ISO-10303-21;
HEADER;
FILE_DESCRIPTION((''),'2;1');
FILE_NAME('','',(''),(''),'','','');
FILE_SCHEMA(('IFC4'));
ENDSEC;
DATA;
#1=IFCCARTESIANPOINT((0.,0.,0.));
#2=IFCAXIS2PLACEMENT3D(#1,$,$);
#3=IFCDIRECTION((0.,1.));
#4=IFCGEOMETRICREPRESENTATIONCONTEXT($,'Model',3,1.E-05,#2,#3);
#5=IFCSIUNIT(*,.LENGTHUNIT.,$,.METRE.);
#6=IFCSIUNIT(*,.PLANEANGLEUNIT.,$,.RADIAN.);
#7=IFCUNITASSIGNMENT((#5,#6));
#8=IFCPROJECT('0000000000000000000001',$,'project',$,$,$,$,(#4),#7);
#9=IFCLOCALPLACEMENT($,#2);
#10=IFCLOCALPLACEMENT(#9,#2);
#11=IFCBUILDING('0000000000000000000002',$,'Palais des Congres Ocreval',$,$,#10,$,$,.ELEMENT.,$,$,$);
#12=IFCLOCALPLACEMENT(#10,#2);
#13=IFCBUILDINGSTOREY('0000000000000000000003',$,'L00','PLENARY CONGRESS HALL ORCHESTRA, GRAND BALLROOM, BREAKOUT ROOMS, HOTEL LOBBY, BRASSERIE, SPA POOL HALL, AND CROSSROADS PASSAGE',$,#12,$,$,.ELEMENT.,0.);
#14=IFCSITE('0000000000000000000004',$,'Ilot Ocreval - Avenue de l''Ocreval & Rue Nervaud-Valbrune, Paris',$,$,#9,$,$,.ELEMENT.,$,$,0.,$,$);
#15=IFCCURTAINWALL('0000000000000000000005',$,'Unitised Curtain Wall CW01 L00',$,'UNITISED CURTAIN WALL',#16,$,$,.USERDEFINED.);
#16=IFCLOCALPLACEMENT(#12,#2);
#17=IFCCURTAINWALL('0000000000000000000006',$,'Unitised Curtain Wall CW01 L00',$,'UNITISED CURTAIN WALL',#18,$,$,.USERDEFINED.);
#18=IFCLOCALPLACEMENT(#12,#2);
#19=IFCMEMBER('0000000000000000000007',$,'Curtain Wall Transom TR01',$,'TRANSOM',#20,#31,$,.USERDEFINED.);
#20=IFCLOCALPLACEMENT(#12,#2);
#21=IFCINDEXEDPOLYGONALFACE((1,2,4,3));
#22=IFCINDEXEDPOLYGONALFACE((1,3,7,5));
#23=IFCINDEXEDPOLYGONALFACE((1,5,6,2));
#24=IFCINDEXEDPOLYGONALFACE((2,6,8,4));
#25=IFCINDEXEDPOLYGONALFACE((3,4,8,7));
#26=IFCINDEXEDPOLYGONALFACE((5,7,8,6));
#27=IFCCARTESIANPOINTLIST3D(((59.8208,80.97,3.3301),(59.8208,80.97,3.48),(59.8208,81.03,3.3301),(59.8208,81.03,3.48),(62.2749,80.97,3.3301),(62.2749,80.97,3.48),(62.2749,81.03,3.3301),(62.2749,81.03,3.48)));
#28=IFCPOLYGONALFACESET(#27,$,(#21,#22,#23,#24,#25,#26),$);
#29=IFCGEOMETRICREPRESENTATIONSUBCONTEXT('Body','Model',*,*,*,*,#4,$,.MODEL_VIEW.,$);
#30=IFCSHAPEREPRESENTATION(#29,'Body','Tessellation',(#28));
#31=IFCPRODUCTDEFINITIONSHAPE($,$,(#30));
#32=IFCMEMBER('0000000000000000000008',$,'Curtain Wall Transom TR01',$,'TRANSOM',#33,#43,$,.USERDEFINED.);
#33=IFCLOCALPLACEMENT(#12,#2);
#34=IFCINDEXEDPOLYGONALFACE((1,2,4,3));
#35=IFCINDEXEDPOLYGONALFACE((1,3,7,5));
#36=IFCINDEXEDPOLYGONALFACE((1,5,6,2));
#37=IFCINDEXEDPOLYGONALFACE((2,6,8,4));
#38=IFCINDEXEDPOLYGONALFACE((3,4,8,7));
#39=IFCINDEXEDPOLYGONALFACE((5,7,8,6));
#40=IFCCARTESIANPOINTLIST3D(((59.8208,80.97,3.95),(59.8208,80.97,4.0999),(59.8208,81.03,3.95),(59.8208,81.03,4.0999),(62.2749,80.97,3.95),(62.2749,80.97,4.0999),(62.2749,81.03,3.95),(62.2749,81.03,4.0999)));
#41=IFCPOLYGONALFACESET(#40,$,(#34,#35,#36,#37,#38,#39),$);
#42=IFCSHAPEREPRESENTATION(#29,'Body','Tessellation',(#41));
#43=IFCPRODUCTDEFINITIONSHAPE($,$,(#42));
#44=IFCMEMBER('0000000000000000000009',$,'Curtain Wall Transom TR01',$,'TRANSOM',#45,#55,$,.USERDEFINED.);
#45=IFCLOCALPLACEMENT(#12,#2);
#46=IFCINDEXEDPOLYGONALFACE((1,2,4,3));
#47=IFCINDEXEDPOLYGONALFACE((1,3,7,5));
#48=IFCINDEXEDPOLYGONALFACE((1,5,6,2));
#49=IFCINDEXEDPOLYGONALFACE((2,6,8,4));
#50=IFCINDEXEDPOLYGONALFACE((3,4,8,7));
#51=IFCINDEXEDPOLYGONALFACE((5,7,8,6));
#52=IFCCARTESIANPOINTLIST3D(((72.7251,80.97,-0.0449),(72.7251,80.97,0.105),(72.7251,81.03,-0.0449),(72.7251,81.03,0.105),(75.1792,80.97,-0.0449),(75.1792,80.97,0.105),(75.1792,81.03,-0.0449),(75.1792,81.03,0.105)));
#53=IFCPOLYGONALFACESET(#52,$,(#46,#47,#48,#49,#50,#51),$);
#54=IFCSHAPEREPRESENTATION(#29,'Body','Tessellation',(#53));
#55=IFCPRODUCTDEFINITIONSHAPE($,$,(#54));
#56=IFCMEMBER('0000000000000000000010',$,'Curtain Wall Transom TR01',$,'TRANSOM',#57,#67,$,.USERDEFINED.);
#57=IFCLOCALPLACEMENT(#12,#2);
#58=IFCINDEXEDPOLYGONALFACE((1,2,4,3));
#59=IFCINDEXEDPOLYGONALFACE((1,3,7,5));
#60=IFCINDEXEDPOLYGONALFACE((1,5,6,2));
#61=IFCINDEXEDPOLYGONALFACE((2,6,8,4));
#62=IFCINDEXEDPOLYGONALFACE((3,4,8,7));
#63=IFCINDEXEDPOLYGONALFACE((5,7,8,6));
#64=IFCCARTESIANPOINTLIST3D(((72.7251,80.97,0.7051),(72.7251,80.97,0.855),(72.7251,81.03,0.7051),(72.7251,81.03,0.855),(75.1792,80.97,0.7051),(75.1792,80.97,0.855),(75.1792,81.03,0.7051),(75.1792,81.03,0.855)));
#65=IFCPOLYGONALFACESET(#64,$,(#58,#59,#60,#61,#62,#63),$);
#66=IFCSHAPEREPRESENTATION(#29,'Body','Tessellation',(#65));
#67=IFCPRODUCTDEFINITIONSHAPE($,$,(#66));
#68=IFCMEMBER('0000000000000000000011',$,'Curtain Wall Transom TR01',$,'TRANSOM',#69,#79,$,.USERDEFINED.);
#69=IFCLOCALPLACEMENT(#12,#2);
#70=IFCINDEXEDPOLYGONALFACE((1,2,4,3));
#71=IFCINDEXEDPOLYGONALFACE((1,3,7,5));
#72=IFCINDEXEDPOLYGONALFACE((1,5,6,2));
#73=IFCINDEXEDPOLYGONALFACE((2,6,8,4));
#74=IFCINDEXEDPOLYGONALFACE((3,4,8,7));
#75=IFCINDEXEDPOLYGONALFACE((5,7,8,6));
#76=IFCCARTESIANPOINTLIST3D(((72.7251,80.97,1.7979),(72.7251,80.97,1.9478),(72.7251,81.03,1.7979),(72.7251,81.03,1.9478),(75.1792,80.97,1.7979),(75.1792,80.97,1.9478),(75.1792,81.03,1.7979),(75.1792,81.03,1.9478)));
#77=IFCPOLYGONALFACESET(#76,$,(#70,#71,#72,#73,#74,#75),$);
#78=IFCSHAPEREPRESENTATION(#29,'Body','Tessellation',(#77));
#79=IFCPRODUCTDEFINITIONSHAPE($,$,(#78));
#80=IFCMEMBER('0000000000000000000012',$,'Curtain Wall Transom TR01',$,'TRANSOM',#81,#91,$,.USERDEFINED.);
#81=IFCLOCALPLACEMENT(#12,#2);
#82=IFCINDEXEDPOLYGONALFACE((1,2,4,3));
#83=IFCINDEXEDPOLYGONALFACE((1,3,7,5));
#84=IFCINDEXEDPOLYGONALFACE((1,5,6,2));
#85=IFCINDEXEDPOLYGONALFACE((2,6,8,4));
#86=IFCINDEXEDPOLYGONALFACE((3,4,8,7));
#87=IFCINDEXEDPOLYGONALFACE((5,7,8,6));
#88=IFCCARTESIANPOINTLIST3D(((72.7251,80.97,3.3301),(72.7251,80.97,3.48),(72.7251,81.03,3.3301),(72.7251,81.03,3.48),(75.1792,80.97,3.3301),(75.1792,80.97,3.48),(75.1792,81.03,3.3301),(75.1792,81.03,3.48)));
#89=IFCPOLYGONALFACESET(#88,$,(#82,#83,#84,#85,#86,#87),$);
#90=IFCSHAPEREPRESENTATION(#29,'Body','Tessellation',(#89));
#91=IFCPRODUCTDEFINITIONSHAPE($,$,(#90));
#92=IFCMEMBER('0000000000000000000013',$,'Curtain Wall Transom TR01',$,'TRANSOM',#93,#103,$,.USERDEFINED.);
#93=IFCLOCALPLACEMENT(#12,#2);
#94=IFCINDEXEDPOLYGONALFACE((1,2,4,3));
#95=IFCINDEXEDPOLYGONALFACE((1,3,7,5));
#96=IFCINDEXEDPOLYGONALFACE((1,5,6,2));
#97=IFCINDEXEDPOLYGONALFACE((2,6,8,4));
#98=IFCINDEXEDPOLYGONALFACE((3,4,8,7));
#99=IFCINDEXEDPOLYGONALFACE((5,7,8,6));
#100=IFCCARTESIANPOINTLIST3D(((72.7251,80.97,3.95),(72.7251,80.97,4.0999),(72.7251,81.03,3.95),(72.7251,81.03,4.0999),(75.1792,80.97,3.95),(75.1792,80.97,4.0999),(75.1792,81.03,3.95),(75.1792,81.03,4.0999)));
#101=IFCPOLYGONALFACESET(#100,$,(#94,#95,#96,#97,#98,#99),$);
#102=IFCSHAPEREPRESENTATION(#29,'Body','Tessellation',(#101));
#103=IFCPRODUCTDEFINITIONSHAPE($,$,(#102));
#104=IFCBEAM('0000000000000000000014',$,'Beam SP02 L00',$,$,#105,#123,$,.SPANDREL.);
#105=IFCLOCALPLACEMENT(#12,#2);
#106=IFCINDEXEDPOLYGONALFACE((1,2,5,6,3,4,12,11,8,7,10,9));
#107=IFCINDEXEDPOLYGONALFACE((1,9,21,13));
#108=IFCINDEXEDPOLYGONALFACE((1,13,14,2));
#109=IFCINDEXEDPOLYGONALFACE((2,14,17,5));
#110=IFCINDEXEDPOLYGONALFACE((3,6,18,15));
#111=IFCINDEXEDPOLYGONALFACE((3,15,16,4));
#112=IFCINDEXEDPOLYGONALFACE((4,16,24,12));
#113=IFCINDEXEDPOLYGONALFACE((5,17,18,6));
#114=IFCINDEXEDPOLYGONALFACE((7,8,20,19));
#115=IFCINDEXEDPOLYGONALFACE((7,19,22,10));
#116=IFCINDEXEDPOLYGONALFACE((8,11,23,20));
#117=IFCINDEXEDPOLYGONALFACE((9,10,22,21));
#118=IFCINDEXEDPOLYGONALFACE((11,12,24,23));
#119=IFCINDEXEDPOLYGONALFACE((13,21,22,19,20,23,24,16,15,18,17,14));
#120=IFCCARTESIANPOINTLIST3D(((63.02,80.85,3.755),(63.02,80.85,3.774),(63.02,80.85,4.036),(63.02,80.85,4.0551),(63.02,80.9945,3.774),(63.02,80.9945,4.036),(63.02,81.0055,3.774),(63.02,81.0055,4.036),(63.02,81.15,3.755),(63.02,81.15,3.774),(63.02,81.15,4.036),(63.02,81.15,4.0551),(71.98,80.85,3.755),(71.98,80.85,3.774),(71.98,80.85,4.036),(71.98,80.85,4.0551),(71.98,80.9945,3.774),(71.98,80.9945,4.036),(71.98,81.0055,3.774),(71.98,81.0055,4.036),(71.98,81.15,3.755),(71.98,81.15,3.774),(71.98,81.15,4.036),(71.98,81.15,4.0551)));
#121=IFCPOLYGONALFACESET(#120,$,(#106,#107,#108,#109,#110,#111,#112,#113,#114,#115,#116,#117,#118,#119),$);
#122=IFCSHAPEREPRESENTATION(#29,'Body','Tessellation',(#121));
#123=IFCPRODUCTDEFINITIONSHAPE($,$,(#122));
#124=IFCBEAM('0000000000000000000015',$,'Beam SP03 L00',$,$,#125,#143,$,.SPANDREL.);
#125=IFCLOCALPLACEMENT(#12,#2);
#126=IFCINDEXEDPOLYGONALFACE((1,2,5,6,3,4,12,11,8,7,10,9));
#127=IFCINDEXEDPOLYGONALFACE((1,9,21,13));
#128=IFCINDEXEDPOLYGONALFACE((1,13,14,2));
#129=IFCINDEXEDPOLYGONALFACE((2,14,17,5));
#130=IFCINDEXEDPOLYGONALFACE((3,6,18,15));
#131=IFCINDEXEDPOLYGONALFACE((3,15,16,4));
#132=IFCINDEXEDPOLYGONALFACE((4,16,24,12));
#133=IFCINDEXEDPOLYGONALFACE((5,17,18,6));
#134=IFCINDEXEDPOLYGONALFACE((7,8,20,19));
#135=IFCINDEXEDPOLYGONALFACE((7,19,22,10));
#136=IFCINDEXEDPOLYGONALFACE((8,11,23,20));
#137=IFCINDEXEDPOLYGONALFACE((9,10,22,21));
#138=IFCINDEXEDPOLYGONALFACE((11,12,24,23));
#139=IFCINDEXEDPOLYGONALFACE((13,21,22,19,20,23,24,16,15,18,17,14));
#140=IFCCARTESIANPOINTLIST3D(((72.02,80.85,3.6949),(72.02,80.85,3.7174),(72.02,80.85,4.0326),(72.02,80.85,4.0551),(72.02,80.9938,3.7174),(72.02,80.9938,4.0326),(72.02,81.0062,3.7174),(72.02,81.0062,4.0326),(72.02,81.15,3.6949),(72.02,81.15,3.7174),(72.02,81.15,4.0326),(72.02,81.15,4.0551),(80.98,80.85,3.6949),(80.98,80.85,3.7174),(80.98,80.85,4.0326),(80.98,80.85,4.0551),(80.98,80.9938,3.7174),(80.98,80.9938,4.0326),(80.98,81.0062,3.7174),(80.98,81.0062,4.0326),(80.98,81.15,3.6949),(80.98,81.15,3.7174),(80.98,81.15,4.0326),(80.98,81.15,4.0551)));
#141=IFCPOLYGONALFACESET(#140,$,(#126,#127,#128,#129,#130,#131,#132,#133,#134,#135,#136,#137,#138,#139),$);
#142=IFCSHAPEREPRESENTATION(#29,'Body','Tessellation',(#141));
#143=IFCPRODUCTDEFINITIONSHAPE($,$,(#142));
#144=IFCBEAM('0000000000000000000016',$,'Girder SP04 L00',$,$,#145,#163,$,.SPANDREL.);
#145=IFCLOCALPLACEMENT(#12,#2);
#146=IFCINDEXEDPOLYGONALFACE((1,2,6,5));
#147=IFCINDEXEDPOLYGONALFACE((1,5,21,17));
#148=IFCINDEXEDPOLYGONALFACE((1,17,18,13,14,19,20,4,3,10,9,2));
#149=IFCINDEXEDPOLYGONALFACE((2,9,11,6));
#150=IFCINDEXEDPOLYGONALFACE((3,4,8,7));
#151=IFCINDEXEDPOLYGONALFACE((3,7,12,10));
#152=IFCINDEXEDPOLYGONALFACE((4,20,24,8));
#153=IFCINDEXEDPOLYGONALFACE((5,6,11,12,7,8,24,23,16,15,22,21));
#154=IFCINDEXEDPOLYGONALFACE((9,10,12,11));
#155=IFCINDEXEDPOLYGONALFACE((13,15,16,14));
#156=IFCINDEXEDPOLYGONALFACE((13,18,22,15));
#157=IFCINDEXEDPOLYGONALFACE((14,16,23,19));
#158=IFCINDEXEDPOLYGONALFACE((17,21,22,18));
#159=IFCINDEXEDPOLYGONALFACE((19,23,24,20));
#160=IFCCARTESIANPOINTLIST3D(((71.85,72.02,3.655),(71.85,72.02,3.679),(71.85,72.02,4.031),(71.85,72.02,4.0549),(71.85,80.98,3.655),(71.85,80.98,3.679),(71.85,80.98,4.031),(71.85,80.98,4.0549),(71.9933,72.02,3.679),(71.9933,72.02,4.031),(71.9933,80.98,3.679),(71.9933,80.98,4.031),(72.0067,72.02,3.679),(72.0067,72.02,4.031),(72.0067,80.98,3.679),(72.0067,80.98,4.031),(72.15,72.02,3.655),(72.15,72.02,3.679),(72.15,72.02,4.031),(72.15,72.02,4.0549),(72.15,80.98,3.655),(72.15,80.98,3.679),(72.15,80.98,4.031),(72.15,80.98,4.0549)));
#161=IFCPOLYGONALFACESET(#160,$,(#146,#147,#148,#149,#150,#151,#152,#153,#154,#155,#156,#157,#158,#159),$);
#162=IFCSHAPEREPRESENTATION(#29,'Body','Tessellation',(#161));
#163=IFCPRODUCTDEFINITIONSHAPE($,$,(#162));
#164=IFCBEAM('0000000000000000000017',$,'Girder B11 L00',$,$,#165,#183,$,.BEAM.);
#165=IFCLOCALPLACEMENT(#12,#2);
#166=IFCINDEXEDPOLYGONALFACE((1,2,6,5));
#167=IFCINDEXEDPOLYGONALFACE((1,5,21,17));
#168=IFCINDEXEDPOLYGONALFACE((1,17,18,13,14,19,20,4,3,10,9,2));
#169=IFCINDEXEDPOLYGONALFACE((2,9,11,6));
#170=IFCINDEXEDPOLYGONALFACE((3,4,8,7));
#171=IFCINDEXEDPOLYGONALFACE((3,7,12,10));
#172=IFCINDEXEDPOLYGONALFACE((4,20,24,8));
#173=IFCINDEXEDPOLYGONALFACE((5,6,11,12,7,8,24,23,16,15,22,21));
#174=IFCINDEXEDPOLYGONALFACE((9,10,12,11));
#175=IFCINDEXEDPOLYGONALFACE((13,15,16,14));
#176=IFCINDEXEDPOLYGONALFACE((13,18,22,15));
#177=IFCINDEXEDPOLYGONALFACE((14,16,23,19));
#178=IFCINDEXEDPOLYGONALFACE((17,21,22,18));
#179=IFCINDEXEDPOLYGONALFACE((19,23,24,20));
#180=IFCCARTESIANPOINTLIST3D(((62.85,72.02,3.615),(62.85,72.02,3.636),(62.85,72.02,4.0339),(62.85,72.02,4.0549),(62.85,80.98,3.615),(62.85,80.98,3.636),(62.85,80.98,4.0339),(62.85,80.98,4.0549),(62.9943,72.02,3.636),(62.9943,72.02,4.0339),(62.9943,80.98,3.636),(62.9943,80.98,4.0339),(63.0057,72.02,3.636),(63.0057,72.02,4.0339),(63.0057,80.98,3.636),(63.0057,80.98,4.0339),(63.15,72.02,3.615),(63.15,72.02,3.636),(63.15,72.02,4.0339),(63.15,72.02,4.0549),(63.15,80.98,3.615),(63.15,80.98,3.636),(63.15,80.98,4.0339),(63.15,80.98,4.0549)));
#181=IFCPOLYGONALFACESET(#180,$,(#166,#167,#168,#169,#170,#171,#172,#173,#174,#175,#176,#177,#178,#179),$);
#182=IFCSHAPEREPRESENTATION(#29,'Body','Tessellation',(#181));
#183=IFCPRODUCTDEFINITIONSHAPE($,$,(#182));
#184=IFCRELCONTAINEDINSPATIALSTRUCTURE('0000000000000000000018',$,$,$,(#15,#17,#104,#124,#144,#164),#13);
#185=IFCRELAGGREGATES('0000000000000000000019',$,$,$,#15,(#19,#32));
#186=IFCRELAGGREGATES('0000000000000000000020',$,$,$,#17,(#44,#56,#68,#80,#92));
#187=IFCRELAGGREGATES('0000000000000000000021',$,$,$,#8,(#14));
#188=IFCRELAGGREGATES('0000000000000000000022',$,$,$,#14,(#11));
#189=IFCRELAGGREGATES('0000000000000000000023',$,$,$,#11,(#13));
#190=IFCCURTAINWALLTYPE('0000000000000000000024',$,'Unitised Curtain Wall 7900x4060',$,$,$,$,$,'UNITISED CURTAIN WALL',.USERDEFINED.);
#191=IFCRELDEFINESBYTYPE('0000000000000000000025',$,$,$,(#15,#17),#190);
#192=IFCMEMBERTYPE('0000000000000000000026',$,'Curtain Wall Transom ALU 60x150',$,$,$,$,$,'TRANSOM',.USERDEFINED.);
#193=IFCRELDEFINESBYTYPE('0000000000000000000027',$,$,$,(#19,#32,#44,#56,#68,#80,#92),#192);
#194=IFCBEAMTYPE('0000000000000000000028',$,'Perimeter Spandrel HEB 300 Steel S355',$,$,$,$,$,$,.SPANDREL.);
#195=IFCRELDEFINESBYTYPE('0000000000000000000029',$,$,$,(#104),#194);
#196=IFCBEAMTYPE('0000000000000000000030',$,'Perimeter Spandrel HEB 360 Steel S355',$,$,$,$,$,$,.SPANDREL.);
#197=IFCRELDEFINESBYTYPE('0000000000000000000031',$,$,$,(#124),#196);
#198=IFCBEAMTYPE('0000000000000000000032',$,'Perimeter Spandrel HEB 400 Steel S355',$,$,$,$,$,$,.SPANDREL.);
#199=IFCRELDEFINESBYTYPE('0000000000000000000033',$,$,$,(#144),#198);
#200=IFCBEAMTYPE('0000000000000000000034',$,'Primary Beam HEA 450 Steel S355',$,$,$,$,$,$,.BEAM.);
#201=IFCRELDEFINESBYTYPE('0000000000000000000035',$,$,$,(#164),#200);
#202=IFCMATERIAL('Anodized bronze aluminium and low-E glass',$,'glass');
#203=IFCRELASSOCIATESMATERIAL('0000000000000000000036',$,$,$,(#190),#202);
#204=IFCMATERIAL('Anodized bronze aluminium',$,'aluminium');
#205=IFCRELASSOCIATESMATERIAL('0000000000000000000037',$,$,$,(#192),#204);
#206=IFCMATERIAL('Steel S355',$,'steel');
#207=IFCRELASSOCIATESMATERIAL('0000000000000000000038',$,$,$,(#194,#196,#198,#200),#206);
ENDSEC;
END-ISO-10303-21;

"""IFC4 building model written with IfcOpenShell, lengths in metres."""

from ifc_helpers import new_model, si_unit, direction, frame, origin, origin_2d, place, context, subcontext, project, spatial, rectangle, i_section, extrude, material, material_profile, profile_set, type_object, element, aggregate, save


model = new_model("IFC4")

# Units and contexts
model_context = context("Model", 3, precision=1e-05, world=origin(), true_north=direction((0.0, 1.0)))
body_context = subcontext(model_context, "Body", "Model", "MODEL_VIEW")
ifc_project = project(units=[si_unit("LENGTHUNIT", "METRE"), si_unit("PLANEANGLEUNIT", "RADIAN")], contexts=[model_context])

# Site, building, storey
site_placement = place(None, origin())
site = spatial("IfcSite", under=ifc_project, at=site_placement, Name="Ilot Ocreval - Avenue de l'Ocreval & Rue Nervaud-Valbrune, Paris", CompositionType="ELEMENT", RefElevation=0.0)
building_placement = place(site_placement, origin())
building = spatial("IfcBuilding", under=site, at=building_placement, Name="Palais des Congres Ocreval", CompositionType="ELEMENT")
storey_placement = place(building_placement, origin())
storey = spatial("IfcBuildingStorey", under=building, at=storey_placement, Name="L00", Description="PLENARY CONGRESS HALL ORCHESTRA, GRAND BALLROOM, BREAKOUT ROOMS, HOTEL LOBBY, BRASSERIE, SPA POOL HALL, AND CROSSROADS PASSAGE", CompositionType="ELEMENT", Elevation=0.0)

# Shared definitions
ifc_material_1 = material(Name="Steel S355", Category="steel")

# Curtain wall
ifc_material_2 = material(Name="Anodized bronze aluminium and low-E glass", Category="glass")
curtain_wall_type = type_object("IfcCurtainWallType", Name="Unitised Curtain Wall 7900x4060", ElementType="UNITISED CURTAIN WALL", PredefinedType="USERDEFINED", material=ifc_material_2)
curtain_wall_1_placement = place(storey_placement, origin())
curtain_wall_1 = element("IfcCurtainWall", 1, at=curtain_wall_1_placement, inside=storey, type_object=curtain_wall_type, Name="Unitised Curtain Wall CW01 L00", ObjectType="UNITISED CURTAIN WALL", PredefinedType="USERDEFINED")
ifc_material_3 = material(Name="Anodized bronze aluminium", Category="aluminium")

# Curtain wall
curtain_wall_2_placement = place(storey_placement, origin())
curtain_wall_2 = element("IfcCurtainWall", 2, at=curtain_wall_2_placement, inside=storey, type_object=curtain_wall_type, Name="Unitised Curtain Wall CW01 L00", ObjectType="UNITISED CURTAIN WALL", PredefinedType="USERDEFINED")

# Members
ifc_material_profile_1 = material_profile(ifc_material_3, rectangle(XDim=0.0601, YDim=0.1499, at=origin_2d()), Name="ALU 60x150")
ifc_profile_set_1 = profile_set([ifc_material_profile_1], Name="Anodized bronze aluminium")
member_type_1 = type_object("IfcMemberType", Name="Curtain Wall Transom ALU 60x150", ElementType="TRANSOM", PredefinedType="USERDEFINED", material=ifc_profile_set_1)
member_1_placement = place(storey_placement, frame((59.8208, 81.0, 3.405), z_axis=(1.0, 0.0, 0.0), x_axis=(0.0, 1.0, 0.0)))
member_1 = element("IfcMember", 3, at=member_1_placement, type_object=member_type_1, Name="Curtain Wall Transom TR01", ObjectType="TRANSOM", PredefinedType="USERDEFINED", context=body_context, shape_type="SweptSolid", body=[
    extrude(rectangle(XDim=0.0601, YDim=0.1499, at=origin_2d()), origin(), (0.0, 0.0, 1.0), 2.4541),
])
member_2_placement = place(storey_placement, frame((59.8208, 81.0, 4.0249), z_axis=(1.0, 0.0, 0.0), x_axis=(0.0, 1.0, 0.0)))
member_2 = element("IfcMember", 4, at=member_2_placement, type_object=member_type_1, Name="Curtain Wall Transom TR01", ObjectType="TRANSOM", PredefinedType="USERDEFINED", context=body_context, shape_type="SweptSolid", body=[
    extrude(rectangle(XDim=0.0601, YDim=0.1499, at=origin_2d()), origin(), (0.0, 0.0, 1.0), 2.4541),
])
member_3_placement = place(storey_placement, frame((72.7251, 81.0, 0.03), z_axis=(1.0, 0.0, 0.0), x_axis=(0.0, 1.0, 0.0)))
member_3 = element("IfcMember", 5, at=member_3_placement, type_object=member_type_1, Name="Curtain Wall Transom TR01", ObjectType="TRANSOM", PredefinedType="USERDEFINED", context=body_context, shape_type="SweptSolid", body=[
    extrude(rectangle(XDim=0.0601, YDim=0.1499, at=origin_2d()), origin(), (0.0, 0.0, 1.0), 2.4541),
])
member_4_placement = place(storey_placement, frame((72.7251, 81.0, 0.78), z_axis=(1.0, 0.0, 0.0), x_axis=(0.0, 1.0, 0.0)))
member_4 = element("IfcMember", 6, at=member_4_placement, type_object=member_type_1, Name="Curtain Wall Transom TR01", ObjectType="TRANSOM", PredefinedType="USERDEFINED", context=body_context, shape_type="SweptSolid", body=[
    extrude(rectangle(XDim=0.0601, YDim=0.1499, at=origin_2d()), origin(), (0.0, 0.0, 1.0), 2.4541),
])
member_5_placement = place(storey_placement, frame((72.7251, 81.0, 1.8728), z_axis=(1.0, 0.0, 0.0), x_axis=(0.0, 1.0, 0.0)))
member_5 = element("IfcMember", 7, at=member_5_placement, type_object=member_type_1, Name="Curtain Wall Transom TR01", ObjectType="TRANSOM", PredefinedType="USERDEFINED", context=body_context, shape_type="SweptSolid", body=[
    extrude(rectangle(XDim=0.0601, YDim=0.1499, at=origin_2d()), origin(), (0.0, 0.0, 1.0), 2.4541),
])
member_6_placement = place(storey_placement, frame((72.7251, 81.0, 3.405), z_axis=(1.0, 0.0, 0.0), x_axis=(0.0, 1.0, 0.0)))
member_6 = element("IfcMember", 8, at=member_6_placement, type_object=member_type_1, Name="Curtain Wall Transom TR01", ObjectType="TRANSOM", PredefinedType="USERDEFINED", context=body_context, shape_type="SweptSolid", body=[
    extrude(rectangle(XDim=0.0601, YDim=0.1499, at=origin_2d()), origin(), (0.0, 0.0, 1.0), 2.4541),
])
member_7_placement = place(storey_placement, frame((72.7251, 81.0, 4.0249), z_axis=(1.0, 0.0, 0.0), x_axis=(0.0, 1.0, 0.0)))
member_7 = element("IfcMember", 9, at=member_7_placement, type_object=member_type_1, Name="Curtain Wall Transom TR01", ObjectType="TRANSOM", PredefinedType="USERDEFINED", context=body_context, shape_type="SweptSolid", body=[
    extrude(rectangle(XDim=0.0601, YDim=0.1499, at=origin_2d()), origin(), (0.0, 0.0, 1.0), 2.4541),
])

# Beams
ifc_material_profile_2 = material_profile(ifc_material_1, i_section(OverallWidth=0.3, OverallDepth=0.3, WebThickness=0.011, FlangeThickness=0.019, at=origin_2d()), Name="HEB 300")
ifc_profile_set_2 = profile_set([ifc_material_profile_2], Name="Steel S355")
beam_type_1 = type_object("IfcBeamType", Name="Perimeter Spandrel HEB 300 Steel S355", PredefinedType="SPANDREL", material=ifc_profile_set_2)
beam_1_placement = place(storey_placement, frame((63.02, 81.0, 3.905), z_axis=(1.0, 0.0, 0.0), x_axis=(0.0, 1.0, 0.0)))
element("IfcBeam", 10, at=beam_1_placement, inside=storey, type_object=beam_type_1, Name="Beam SP02 L00", PredefinedType="SPANDREL", context=body_context, shape_type="SweptSolid", body=[
    extrude(i_section(OverallWidth=0.3, OverallDepth=0.3, WebThickness=0.011, FlangeThickness=0.019, at=origin_2d()), origin(), (0.0, 0.0, 1.0), 8.96),
])
ifc_material_profile_3 = material_profile(ifc_material_1, i_section(OverallWidth=0.3, OverallDepth=0.3601, WebThickness=0.0125, FlangeThickness=0.0225, at=origin_2d()), Name="HEB 360")
ifc_profile_set_3 = profile_set([ifc_material_profile_3], Name="Steel S355")
beam_type_2 = type_object("IfcBeamType", Name="Perimeter Spandrel HEB 360 Steel S355", PredefinedType="SPANDREL", material=ifc_profile_set_3)
beam_2_placement = place(storey_placement, frame((72.02, 81.0, 3.875), z_axis=(1.0, 0.0, 0.0), x_axis=(0.0, 1.0, 0.0)))
element("IfcBeam", 11, at=beam_2_placement, inside=storey, type_object=beam_type_2, Name="Beam SP03 L00", PredefinedType="SPANDREL", context=body_context, shape_type="SweptSolid", body=[
    extrude(i_section(OverallWidth=0.3, OverallDepth=0.3601, WebThickness=0.0125, FlangeThickness=0.0225, at=origin_2d()), origin(), (0.0, 0.0, 1.0), 8.96),
])
ifc_material_profile_4 = material_profile(ifc_material_1, i_section(OverallWidth=0.3, OverallDepth=0.3999, WebThickness=0.0134, FlangeThickness=0.0239, at=origin_2d()), Name="HEB 400")
ifc_profile_set_4 = profile_set([ifc_material_profile_4], Name="Steel S355")
beam_type_3 = type_object("IfcBeamType", Name="Perimeter Spandrel HEB 400 Steel S355", PredefinedType="SPANDREL", material=ifc_profile_set_4)
beam_3_placement = place(storey_placement, frame((72.0, 72.02, 3.855), z_axis=(0.0, 1.0, 0.0), x_axis=(-1.0, 0.0, 0.0)))
element("IfcBeam", 12, at=beam_3_placement, inside=storey, type_object=beam_type_3, Name="Girder SP04 L00", PredefinedType="SPANDREL", context=body_context, shape_type="SweptSolid", body=[
    extrude(i_section(OverallWidth=0.3, OverallDepth=0.3999, WebThickness=0.0134, FlangeThickness=0.0239, at=origin_2d()), origin(), (0.0, 0.0, 1.0), 8.96),
])
ifc_material_profile_5 = material_profile(ifc_material_1, i_section(OverallWidth=0.3, OverallDepth=0.4399, WebThickness=0.0115, FlangeThickness=0.021, at=origin_2d()), Name="HEA 450")
ifc_profile_set_5 = profile_set([ifc_material_profile_5], Name="Steel S355")
beam_type_4 = type_object("IfcBeamType", Name="Primary Beam HEA 450 Steel S355", PredefinedType="BEAM", material=ifc_profile_set_5)
beam_4_placement = place(storey_placement, frame((63.0, 72.02, 3.835), z_axis=(0.0, 1.0, 0.0), x_axis=(-1.0, 0.0, 0.0)))
element("IfcBeam", 13, at=beam_4_placement, inside=storey, type_object=beam_type_4, Name="Girder B11 L00", PredefinedType="BEAM", context=body_context, shape_type="SweptSolid", body=[
    extrude(i_section(OverallWidth=0.3, OverallDepth=0.4399, WebThickness=0.0115, FlangeThickness=0.021, at=origin_2d()), origin(), (0.0, 0.0, 1.0), 8.96),
])

aggregate(curtain_wall_1, [member_1, member_2])
aggregate(curtain_wall_2, [member_3, member_4, member_5, member_6, member_7])

save(model, "model.ifc")
